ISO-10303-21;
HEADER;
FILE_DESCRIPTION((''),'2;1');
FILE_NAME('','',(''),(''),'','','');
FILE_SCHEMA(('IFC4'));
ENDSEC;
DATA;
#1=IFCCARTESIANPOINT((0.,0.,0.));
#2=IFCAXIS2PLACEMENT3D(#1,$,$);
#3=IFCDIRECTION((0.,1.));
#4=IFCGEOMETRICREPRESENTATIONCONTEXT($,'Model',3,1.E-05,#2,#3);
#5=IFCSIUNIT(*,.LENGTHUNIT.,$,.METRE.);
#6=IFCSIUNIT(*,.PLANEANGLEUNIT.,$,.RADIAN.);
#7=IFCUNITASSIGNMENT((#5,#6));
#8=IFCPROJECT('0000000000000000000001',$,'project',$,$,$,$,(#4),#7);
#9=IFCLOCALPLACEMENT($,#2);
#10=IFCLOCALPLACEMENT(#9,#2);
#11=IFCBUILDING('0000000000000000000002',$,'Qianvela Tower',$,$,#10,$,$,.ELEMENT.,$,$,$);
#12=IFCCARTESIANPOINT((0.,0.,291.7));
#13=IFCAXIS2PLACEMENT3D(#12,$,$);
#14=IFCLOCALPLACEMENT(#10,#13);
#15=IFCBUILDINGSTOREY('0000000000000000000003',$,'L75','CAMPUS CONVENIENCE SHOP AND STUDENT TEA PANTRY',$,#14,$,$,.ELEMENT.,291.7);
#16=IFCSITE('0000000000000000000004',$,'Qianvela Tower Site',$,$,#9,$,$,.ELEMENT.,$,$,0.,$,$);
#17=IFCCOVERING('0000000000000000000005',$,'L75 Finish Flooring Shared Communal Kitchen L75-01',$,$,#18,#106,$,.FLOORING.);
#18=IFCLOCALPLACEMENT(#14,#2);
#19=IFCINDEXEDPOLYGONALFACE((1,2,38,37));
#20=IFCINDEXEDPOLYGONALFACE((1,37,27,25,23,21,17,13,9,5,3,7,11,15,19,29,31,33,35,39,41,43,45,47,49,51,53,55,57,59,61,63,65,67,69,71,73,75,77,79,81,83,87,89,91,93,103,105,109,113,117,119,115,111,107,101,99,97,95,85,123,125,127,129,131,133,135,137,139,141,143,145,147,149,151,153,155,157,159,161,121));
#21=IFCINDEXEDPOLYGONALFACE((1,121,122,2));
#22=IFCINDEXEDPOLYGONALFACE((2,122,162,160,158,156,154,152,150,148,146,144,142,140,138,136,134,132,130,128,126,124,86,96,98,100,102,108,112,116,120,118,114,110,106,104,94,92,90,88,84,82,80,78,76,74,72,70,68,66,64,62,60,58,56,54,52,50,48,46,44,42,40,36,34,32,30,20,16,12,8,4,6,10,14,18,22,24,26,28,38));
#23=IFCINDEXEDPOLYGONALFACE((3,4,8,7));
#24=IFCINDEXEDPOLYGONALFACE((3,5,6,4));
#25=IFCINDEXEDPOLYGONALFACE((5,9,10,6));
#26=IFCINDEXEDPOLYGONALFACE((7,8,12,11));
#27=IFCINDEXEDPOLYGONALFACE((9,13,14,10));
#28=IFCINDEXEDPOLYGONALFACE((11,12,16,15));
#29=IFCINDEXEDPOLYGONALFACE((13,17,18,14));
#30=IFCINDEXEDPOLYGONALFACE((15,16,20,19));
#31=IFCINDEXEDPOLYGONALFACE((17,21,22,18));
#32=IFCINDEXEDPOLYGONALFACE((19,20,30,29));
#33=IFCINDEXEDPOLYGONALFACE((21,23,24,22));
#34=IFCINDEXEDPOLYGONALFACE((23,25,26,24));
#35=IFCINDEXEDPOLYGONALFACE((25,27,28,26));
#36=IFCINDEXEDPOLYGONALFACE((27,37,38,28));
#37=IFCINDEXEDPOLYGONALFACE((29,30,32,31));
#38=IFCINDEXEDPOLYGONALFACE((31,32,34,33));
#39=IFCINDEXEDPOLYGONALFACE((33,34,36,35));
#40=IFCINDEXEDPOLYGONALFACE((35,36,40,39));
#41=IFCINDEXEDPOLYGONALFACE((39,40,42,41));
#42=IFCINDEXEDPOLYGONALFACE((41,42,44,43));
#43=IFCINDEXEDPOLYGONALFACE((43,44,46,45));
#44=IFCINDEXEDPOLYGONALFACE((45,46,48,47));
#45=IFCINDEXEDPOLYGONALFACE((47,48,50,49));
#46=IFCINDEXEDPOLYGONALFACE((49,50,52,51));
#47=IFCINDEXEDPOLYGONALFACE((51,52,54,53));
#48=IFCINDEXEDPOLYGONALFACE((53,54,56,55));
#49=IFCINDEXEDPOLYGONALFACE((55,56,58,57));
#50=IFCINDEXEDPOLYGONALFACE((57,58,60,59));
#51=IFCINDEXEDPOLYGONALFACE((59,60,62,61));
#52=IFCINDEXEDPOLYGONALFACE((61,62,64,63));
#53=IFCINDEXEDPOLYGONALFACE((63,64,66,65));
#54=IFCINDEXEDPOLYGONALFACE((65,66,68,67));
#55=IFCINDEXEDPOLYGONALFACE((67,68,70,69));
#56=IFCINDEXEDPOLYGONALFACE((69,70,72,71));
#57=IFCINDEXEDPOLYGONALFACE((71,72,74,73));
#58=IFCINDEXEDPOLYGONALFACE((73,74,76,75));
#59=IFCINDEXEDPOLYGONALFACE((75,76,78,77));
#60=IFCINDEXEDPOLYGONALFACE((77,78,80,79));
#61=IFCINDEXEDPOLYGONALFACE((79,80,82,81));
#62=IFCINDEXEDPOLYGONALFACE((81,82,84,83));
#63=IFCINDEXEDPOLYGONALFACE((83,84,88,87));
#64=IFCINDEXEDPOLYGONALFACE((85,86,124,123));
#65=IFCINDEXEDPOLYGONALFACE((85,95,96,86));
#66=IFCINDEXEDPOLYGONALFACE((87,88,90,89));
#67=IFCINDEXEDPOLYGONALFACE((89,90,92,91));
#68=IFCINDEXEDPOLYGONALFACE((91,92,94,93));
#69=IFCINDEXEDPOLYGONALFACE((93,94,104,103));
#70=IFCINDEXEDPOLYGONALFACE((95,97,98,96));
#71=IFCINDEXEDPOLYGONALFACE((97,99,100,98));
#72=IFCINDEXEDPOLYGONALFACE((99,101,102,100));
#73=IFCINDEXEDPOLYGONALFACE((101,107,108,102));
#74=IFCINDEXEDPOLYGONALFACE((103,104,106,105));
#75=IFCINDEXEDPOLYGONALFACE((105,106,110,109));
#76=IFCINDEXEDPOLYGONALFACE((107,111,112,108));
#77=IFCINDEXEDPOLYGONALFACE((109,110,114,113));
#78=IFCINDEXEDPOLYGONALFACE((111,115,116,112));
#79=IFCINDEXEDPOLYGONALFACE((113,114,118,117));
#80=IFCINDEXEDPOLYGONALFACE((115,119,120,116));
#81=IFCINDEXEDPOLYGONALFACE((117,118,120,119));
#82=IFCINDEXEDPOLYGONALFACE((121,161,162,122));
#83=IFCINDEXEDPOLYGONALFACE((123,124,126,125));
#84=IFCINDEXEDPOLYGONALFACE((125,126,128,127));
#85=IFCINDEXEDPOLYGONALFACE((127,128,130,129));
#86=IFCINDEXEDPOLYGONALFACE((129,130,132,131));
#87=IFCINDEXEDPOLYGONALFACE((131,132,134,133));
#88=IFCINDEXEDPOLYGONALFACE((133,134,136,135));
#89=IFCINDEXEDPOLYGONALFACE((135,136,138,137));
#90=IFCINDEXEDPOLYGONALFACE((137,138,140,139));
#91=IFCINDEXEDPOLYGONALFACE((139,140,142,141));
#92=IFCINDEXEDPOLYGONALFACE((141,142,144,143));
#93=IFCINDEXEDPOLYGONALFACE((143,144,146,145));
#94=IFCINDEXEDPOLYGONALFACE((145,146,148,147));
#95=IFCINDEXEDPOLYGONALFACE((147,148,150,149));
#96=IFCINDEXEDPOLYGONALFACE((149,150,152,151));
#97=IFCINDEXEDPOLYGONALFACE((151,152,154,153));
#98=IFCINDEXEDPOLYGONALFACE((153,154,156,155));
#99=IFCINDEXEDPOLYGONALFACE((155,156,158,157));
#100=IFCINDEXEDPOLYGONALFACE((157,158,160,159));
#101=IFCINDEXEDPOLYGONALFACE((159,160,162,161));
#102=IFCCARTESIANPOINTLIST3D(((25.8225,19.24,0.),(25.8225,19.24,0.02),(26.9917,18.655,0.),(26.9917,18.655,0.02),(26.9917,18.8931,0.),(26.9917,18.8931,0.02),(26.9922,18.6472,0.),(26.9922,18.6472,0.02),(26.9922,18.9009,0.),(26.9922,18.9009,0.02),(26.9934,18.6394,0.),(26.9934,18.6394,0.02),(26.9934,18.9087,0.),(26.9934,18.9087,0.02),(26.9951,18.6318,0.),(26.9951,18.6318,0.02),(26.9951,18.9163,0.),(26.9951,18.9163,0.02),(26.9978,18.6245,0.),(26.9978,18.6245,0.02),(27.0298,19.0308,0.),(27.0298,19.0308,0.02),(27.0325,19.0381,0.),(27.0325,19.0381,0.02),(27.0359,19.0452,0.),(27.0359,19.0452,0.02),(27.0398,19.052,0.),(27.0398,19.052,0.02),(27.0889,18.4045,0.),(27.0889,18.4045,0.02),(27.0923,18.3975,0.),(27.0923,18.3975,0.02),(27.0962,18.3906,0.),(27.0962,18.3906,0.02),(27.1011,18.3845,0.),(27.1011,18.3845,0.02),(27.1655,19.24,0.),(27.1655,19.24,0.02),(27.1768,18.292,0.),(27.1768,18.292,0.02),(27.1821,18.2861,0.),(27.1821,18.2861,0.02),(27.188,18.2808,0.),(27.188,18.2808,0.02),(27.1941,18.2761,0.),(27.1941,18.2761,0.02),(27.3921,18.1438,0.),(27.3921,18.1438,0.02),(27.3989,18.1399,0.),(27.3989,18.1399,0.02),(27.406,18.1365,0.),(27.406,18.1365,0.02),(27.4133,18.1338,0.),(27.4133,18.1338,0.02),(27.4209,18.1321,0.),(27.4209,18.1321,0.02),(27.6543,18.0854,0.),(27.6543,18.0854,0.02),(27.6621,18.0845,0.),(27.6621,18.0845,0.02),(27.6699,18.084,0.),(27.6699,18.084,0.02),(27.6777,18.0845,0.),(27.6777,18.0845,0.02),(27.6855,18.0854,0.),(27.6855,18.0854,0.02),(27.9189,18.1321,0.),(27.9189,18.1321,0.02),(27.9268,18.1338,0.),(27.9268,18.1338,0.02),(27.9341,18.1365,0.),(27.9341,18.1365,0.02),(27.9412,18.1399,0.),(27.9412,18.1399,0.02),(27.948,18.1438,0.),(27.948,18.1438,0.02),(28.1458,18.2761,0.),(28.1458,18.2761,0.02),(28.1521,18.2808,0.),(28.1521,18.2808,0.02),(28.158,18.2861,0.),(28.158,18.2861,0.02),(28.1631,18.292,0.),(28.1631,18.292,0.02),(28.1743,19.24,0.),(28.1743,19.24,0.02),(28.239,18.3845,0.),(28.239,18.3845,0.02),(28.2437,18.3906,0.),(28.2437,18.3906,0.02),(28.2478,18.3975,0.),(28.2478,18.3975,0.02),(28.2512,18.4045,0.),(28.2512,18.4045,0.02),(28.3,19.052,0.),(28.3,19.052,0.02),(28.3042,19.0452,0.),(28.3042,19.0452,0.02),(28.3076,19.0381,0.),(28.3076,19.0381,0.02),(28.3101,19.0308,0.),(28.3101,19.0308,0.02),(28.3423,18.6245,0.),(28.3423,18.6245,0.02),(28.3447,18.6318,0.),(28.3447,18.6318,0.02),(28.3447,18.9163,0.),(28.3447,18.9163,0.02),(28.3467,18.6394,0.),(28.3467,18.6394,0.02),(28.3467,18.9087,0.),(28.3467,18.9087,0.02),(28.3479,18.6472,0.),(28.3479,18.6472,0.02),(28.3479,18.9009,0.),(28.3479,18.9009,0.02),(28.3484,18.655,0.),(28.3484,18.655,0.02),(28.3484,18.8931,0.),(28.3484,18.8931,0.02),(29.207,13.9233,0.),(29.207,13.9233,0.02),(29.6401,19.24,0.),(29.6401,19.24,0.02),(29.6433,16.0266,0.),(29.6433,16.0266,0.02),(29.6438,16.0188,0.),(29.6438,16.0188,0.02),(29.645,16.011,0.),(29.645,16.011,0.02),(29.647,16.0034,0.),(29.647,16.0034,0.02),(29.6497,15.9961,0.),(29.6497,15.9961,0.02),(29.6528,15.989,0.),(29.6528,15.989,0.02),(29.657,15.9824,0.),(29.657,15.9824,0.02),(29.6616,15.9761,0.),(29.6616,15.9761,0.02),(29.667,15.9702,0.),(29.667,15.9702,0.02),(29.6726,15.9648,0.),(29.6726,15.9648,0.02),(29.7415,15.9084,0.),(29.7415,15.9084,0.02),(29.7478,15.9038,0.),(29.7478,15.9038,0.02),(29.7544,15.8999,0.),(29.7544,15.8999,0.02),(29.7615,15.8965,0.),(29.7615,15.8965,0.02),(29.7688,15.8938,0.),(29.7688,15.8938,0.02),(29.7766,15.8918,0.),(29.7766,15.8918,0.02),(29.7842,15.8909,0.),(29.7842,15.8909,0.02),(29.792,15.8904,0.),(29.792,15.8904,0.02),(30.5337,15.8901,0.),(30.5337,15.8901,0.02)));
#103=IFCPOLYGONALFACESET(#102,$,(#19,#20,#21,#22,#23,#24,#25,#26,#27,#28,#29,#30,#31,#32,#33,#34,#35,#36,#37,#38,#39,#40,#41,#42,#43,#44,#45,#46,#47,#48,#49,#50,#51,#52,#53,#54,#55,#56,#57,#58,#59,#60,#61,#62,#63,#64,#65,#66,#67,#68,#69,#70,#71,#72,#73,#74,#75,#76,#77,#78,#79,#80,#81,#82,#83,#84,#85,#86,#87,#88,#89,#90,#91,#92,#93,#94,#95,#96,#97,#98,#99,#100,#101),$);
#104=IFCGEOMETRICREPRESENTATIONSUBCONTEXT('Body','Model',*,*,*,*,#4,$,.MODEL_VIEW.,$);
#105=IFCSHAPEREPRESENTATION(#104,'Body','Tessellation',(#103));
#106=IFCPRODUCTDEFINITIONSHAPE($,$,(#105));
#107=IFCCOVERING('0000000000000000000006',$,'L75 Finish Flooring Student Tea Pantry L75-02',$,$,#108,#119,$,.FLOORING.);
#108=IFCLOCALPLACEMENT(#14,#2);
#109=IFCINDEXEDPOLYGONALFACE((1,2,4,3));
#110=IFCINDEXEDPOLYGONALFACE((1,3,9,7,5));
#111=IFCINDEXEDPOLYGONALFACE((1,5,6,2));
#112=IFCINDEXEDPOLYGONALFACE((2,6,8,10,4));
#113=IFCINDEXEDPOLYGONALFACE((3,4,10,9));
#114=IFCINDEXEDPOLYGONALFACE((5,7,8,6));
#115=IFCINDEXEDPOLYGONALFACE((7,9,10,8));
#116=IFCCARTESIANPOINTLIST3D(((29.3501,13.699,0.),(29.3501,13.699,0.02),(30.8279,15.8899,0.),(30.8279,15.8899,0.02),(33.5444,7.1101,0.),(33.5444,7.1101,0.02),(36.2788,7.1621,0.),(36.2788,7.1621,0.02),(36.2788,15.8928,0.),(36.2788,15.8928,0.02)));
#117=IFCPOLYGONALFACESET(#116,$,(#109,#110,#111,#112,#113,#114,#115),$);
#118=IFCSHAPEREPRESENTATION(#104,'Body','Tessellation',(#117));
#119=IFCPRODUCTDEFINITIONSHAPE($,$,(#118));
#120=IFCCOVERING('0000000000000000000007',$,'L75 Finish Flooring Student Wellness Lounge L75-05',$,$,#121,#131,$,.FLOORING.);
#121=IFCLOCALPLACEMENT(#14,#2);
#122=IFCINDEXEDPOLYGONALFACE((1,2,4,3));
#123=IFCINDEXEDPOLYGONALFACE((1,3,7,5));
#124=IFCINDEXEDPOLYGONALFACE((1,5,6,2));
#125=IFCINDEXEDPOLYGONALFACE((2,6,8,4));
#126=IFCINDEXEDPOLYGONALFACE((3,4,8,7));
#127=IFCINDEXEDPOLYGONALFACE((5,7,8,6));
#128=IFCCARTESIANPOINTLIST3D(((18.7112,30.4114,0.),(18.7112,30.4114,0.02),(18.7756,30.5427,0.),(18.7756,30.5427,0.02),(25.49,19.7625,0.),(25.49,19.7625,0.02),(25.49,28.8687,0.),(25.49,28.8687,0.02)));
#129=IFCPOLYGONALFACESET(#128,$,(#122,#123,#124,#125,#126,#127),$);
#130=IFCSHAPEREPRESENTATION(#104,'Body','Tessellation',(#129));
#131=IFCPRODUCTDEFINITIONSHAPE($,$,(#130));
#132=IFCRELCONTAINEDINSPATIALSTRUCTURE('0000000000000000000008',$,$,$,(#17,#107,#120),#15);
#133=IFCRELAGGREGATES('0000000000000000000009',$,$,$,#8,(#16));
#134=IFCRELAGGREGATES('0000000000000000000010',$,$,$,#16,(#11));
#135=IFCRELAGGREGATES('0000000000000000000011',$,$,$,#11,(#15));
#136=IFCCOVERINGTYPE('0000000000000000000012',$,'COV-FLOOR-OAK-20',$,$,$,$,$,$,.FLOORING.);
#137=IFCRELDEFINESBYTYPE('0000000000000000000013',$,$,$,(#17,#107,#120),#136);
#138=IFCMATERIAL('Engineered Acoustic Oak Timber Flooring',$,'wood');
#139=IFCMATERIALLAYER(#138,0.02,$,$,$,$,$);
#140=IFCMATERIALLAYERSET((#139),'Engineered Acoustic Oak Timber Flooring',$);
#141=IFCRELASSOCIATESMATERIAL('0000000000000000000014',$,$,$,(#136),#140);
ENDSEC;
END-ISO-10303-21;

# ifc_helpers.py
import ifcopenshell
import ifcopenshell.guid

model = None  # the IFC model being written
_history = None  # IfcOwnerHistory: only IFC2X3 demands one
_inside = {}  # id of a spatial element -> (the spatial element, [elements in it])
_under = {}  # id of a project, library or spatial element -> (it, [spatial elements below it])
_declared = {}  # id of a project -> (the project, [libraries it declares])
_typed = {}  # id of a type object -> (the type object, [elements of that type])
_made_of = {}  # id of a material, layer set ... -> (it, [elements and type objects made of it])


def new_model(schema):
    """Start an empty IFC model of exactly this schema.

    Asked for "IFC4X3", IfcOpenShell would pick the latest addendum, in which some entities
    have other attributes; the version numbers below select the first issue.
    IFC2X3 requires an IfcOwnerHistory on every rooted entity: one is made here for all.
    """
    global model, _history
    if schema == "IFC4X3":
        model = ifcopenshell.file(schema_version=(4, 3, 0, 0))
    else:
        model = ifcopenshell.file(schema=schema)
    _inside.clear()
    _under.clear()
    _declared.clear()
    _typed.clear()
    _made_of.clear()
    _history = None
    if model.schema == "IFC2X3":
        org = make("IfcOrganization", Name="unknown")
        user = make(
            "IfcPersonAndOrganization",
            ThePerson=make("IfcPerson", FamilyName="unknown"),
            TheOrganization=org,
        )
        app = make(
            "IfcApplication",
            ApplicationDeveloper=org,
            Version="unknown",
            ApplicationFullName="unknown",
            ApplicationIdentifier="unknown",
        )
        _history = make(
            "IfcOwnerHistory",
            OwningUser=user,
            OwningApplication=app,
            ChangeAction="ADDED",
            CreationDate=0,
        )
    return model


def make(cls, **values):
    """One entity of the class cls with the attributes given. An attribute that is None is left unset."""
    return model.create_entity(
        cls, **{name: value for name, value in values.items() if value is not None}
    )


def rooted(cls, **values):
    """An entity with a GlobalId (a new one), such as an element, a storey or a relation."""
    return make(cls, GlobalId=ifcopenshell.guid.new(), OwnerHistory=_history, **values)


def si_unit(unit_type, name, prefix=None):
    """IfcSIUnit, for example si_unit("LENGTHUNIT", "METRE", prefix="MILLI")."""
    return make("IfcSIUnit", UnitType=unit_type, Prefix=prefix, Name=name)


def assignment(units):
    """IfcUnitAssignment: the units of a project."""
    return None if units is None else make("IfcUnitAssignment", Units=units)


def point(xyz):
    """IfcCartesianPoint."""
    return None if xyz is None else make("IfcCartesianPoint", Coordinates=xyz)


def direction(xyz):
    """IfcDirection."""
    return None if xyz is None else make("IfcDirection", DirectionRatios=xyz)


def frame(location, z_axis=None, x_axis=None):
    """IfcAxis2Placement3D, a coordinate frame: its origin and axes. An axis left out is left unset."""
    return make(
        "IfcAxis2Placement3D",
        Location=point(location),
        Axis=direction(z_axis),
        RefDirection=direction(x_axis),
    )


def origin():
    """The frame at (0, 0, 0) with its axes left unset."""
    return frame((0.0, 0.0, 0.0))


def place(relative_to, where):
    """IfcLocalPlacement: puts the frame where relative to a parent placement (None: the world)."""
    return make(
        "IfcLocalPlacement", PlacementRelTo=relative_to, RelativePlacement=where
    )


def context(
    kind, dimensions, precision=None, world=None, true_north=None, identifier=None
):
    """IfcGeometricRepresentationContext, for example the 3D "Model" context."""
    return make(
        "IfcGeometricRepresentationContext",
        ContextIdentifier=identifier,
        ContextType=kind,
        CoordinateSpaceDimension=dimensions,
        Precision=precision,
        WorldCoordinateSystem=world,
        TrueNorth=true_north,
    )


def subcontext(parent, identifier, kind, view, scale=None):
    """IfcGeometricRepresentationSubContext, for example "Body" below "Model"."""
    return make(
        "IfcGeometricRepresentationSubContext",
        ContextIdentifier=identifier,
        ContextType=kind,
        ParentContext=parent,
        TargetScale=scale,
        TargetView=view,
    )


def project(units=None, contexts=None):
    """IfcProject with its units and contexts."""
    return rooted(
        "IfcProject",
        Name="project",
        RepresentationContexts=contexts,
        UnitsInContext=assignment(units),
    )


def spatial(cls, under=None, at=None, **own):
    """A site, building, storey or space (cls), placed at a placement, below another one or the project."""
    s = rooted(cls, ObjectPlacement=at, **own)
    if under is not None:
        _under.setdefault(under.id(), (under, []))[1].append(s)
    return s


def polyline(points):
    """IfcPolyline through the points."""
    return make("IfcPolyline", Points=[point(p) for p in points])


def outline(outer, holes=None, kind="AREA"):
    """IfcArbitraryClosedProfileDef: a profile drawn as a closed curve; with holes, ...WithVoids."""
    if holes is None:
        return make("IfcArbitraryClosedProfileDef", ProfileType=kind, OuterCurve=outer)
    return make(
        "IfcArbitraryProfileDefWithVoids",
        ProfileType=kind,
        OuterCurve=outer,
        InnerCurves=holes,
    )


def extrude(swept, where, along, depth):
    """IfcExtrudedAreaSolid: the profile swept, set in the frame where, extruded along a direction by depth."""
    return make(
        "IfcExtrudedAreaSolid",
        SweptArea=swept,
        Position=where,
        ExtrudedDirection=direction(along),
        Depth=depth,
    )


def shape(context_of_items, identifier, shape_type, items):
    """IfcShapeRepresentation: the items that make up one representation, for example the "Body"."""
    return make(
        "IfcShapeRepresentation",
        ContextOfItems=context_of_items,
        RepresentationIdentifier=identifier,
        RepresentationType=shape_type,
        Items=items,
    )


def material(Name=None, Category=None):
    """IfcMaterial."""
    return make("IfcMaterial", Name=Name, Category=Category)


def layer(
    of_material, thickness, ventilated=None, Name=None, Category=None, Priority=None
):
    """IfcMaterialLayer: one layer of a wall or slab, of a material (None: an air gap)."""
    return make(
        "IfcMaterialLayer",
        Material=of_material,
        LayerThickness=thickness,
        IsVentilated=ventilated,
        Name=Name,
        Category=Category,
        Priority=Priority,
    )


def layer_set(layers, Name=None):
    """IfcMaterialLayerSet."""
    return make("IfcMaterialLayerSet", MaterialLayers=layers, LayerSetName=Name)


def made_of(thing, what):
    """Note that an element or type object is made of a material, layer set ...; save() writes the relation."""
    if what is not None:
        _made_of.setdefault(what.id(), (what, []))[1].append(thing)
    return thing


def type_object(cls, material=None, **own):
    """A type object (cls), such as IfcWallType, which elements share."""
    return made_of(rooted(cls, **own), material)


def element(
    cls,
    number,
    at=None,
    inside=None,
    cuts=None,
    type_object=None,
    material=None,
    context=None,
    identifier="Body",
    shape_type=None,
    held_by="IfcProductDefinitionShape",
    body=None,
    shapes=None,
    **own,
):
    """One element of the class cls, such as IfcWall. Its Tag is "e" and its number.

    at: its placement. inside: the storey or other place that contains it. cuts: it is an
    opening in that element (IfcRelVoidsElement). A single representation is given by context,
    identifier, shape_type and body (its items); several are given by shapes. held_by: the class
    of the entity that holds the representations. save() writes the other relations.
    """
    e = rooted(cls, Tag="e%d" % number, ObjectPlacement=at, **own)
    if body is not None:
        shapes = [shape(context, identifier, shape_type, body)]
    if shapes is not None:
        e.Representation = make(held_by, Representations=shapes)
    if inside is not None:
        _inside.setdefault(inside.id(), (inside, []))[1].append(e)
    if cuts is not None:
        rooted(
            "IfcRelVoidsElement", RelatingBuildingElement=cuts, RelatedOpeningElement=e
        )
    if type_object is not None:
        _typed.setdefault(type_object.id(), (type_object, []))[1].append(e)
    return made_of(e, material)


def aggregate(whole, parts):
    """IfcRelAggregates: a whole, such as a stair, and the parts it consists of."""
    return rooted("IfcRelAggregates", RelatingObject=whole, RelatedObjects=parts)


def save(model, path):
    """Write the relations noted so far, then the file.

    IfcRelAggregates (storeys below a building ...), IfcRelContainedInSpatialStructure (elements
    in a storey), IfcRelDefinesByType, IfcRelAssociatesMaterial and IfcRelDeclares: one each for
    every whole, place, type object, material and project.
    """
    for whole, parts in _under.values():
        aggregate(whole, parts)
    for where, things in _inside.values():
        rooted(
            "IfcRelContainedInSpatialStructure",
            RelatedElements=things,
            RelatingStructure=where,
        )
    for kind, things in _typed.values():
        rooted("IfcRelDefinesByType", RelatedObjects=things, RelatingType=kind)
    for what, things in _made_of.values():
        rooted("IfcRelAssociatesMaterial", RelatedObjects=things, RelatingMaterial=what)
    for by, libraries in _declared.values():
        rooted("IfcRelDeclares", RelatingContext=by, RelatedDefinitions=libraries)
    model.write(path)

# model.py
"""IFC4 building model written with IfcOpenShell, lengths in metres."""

from ifc_helpers import new_model, si_unit, direction, frame, origin, place, context, subcontext, project, spatial, polyline, outline, extrude, material, layer, layer_set, type_object, element, save


model = new_model("IFC4")

# Units and contexts
model_context = context("Model", 3, precision=1e-05, world=origin(), true_north=direction((0.0, 1.0)))
body_context = subcontext(model_context, "Body", "Model", "MODEL_VIEW")
ifc_project = project(units=[si_unit("LENGTHUNIT", "METRE"), si_unit("PLANEANGLEUNIT", "RADIAN")], contexts=[model_context])

# Site, building, storey
site_placement = place(None, origin())
site = spatial("IfcSite", under=ifc_project, at=site_placement, Name="Qianvela Tower Site", CompositionType="ELEMENT", RefElevation=0.0)
building_placement = place(site_placement, origin())
building = spatial("IfcBuilding", under=site, at=building_placement, Name="Qianvela Tower", CompositionType="ELEMENT")
storey_placement = place(building_placement, frame((0.0, 0.0, 291.7)))
storey = spatial("IfcBuildingStorey", under=building, at=storey_placement, Name="L75", Description="CAMPUS CONVENIENCE SHOP AND STUDENT TEA PANTRY", CompositionType="ELEMENT", Elevation=291.7)

# Coverings
ifc_material_1 = material(Name="Engineered Acoustic Oak Timber Flooring", Category="wood")
ifc_layer_1 = layer(ifc_material_1, 0.02)
ifc_layer_set_1 = layer_set([ifc_layer_1], Name="Engineered Acoustic Oak Timber Flooring")
covering_type_1 = type_object("IfcCoveringType", Name="COV-FLOOR-OAK-20", PredefinedType="FLOORING", material=ifc_layer_set_1)
covering_1_placement = place(storey_placement, origin())
element("IfcCovering", 1, at=covering_1_placement, inside=storey, type_object=covering_type_1, Name="L75 Finish Flooring Shared Communal Kitchen L75-01", PredefinedType="FLOORING", context=body_context, shape_type="SweptSolid", body=[
    extrude(outline(polyline([(27.1655, 19.24), (27.0398, 19.052), (27.0359, 19.0452), (27.0325, 19.0381), (27.0298, 19.0308), (26.9951, 18.9163), (26.9934, 18.9087), (26.9922, 18.9009), (26.9917, 18.8931), (26.9917, 18.655), (26.9922, 18.6472), (26.9934, 18.6394), (26.9951, 18.6318), (26.9978, 18.6245), (27.0889, 18.4045), (27.0923, 18.3975), (27.0962, 18.3906), (27.1011, 18.3845), (27.1768, 18.292), (27.1821, 18.2861), (27.188, 18.2808), (27.1941, 18.2761), (27.3921, 18.1438), (27.3989, 18.1399), (27.406, 18.1365), (27.4133, 18.1338), (27.4209, 18.1321), (27.6543, 18.0854), (27.6621, 18.0845), (27.6699, 18.084), (27.6777, 18.0845), (27.6855, 18.0854), (27.9189, 18.1321), (27.9268, 18.1338), (27.9341, 18.1365), (27.9412, 18.1399), (27.948, 18.1438), (28.1458, 18.2761), (28.1521, 18.2808), (28.158, 18.2861), (28.1631, 18.292), (28.239, 18.3845), (28.2437, 18.3906), (28.2478, 18.3975), (28.2512, 18.4045), (28.3423, 18.6245), (28.3447, 18.6318), (28.3467, 18.6394), (28.3479, 18.6472), (28.3484, 18.655), (28.3484, 18.8931), (28.3479, 18.9009), (28.3467, 18.9087), (28.3447, 18.9163), (28.3101, 19.0308), (28.3076, 19.0381), (28.3042, 19.0452), (28.3, 19.052), (28.1743, 19.24), (29.6401, 19.24), (29.6433, 16.0266), (29.6438, 16.0188), (29.645, 16.011), (29.647, 16.0034), (29.6497, 15.9961), (29.6528, 15.989), (29.657, 15.9824), (29.6616, 15.9761), (29.667, 15.9702), (29.6726, 15.9648), (29.7415, 15.9084), (29.7478, 15.9038), (29.7544, 15.8999), (29.7615, 15.8965), (29.7688, 15.8938), (29.7766, 15.8918), (29.7842, 15.8909), (29.792, 15.8904), (30.5337, 15.8901), (29.207, 13.9233), (25.8225, 19.24), (27.1655, 19.24)])), origin(), (0.0, 0.0, 1.0), 0.02),
])
covering_2_placement = place(storey_placement, origin())
element("IfcCovering", 2, at=covering_2_placement, inside=storey, type_object=covering_type_1, Name="L75 Finish Flooring Student Tea Pantry L75-02", PredefinedType="FLOORING", context=body_context, shape_type="SweptSolid", body=[
    extrude(outline(polyline([(30.8279, 15.8899), (36.2788, 15.8928), (36.2788, 7.1621), (33.5444, 7.1101), (29.3501, 13.699), (30.8279, 15.8899)])), origin(), (0.0, 0.0, 1.0), 0.02),
])
covering_3_placement = place(storey_placement, origin())
element("IfcCovering", 3, at=covering_3_placement, inside=storey, type_object=covering_type_1, Name="L75 Finish Flooring Student Wellness Lounge L75-05", PredefinedType="FLOORING", context=body_context, shape_type="SweptSolid", body=[
    extrude(outline(polyline([(25.49, 28.8687), (25.49, 19.7625), (18.7112, 30.4114), (18.7756, 30.5427), (25.49, 28.8687)])), origin(), (0.0, 0.0, 1.0), 0.02),
])

save(model, "model.ifc")
